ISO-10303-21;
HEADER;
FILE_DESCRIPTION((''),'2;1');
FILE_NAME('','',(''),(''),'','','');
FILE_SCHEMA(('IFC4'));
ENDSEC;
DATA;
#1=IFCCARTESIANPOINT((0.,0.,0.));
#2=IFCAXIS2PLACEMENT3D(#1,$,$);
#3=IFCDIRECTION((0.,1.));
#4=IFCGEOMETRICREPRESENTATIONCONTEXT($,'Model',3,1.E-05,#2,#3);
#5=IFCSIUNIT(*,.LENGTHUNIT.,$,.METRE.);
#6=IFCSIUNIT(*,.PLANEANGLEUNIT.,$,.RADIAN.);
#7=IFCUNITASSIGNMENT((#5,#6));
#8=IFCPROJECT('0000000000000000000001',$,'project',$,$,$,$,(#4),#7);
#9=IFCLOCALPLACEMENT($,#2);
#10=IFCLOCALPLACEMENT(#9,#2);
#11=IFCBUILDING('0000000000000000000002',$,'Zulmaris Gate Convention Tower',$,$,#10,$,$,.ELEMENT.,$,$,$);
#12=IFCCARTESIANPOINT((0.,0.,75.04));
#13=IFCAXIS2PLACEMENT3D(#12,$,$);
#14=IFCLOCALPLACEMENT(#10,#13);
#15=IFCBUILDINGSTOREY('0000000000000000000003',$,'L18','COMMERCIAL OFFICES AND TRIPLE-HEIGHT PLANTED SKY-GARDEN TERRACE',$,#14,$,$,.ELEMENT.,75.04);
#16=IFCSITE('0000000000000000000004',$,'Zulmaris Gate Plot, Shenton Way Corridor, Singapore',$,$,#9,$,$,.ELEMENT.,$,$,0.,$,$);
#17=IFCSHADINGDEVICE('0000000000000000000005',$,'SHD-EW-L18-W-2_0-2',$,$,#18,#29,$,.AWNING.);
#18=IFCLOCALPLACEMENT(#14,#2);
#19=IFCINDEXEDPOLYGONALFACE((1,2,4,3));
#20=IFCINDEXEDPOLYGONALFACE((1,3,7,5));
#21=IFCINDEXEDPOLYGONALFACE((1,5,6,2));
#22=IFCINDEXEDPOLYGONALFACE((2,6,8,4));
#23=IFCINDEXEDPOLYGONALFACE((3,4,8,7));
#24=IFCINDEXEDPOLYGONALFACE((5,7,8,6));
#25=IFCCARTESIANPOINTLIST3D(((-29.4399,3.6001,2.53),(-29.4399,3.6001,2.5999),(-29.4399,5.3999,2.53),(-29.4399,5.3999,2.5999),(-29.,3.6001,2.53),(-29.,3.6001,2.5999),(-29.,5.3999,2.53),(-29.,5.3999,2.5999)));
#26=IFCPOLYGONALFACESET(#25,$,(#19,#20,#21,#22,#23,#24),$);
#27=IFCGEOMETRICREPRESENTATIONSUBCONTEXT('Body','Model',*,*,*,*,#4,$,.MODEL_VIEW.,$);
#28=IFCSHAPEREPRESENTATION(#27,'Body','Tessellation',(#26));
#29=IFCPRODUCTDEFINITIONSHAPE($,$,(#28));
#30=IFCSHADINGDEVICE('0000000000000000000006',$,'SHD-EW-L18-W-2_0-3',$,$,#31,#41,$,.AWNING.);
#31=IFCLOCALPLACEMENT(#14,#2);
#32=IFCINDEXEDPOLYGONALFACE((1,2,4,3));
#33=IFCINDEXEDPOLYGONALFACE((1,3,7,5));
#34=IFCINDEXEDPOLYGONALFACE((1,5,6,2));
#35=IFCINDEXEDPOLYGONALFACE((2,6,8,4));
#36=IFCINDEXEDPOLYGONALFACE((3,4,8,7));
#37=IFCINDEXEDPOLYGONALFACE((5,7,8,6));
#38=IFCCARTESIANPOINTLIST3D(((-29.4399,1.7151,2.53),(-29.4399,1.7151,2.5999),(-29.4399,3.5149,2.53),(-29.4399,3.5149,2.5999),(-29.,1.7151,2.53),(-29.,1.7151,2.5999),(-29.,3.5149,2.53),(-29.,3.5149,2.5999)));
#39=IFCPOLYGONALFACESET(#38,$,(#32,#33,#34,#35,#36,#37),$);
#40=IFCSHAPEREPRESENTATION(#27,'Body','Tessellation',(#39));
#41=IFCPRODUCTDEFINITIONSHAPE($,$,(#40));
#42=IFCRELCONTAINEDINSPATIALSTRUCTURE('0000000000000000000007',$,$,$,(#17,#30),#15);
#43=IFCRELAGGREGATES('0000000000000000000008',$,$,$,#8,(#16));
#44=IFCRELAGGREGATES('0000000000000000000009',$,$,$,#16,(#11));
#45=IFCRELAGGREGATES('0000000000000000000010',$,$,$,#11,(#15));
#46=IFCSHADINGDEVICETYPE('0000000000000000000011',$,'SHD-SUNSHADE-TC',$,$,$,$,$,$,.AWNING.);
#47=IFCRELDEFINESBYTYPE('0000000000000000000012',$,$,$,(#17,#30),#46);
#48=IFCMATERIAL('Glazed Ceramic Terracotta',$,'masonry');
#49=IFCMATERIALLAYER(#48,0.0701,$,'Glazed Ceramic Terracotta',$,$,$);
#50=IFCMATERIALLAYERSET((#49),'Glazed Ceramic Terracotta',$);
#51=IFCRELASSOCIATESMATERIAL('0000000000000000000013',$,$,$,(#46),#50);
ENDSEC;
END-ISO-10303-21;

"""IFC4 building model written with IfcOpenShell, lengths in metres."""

from ifc_helpers import new_model, si_unit, direction, frame, frame_2d, origin, place, context, subcontext, project, spatial, rectangle, extrude, material, layer, layer_set, type_object, element, save


model = new_model("IFC4")

# Units and contexts
model_context = context("Model", 3, precision=1e-05, world=origin(), true_north=direction((0.0, 1.0)))
body_context = subcontext(model_context, "Body", "Model", "MODEL_VIEW")
ifc_project = project(units=[si_unit("LENGTHUNIT", "METRE"), si_unit("PLANEANGLEUNIT", "RADIAN")], contexts=[model_context])

# Site, building, storey
site_placement = place(None, origin())
site = spatial("IfcSite", under=ifc_project, at=site_placement, Name="Zulmaris Gate Plot, Shenton Way Corridor, Singapore", CompositionType="ELEMENT", RefElevation=0.0)
building_placement = place(site_placement, origin())
building = spatial("IfcBuilding", under=site, at=building_placement, Name="Zulmaris Gate Convention Tower", CompositionType="ELEMENT")
storey_placement = place(building_placement, frame((0.0, 0.0, 75.04)))
storey = spatial("IfcBuildingStorey", under=building, at=storey_placement, Name="L18", Description="COMMERCIAL OFFICES AND TRIPLE-HEIGHT PLANTED SKY-GARDEN TERRACE", CompositionType="ELEMENT", Elevation=75.04)

# Shading devices
ifc_material_1 = material(Name="Glazed Ceramic Terracotta", Category="masonry")
ifc_layer_1 = layer(ifc_material_1, 0.0701, Name="Glazed Ceramic Terracotta")
ifc_layer_set_1 = layer_set([ifc_layer_1], Name="Glazed Ceramic Terracotta")
shading_device_type = type_object("IfcShadingDeviceType", Name="SHD-SUNSHADE-TC", PredefinedType="AWNING", material=ifc_layer_set_1)
for number, where, z_axis, x_axis, name in (
    (1, (-29.22, 5.3999, 2.53), (0.0, 0.0, 1.0), (0.0, -1.0, 0.0), "SHD-EW-L18-W-2_0-2"),
    (2, (-29.22, 3.5149, 2.53), (0.0, 0.0, 1.0), (0.0, -1.0, 0.0), "SHD-EW-L18-W-2_0-3"),
):
    element("IfcShadingDevice", number, at=place(storey_placement, frame(where, z_axis=z_axis, x_axis=x_axis)), inside=storey, type_object=shading_device_type, Name=name, PredefinedType="AWNING", context=body_context, shape_type="SweptSolid", body=[
        extrude(rectangle(XDim=1.7998, YDim=0.4399, at=frame_2d((0.8999, 0.0))), origin(), (0.0, 0.0, 1.0), 0.0698),
    ])

save(model, "model.ifc")
